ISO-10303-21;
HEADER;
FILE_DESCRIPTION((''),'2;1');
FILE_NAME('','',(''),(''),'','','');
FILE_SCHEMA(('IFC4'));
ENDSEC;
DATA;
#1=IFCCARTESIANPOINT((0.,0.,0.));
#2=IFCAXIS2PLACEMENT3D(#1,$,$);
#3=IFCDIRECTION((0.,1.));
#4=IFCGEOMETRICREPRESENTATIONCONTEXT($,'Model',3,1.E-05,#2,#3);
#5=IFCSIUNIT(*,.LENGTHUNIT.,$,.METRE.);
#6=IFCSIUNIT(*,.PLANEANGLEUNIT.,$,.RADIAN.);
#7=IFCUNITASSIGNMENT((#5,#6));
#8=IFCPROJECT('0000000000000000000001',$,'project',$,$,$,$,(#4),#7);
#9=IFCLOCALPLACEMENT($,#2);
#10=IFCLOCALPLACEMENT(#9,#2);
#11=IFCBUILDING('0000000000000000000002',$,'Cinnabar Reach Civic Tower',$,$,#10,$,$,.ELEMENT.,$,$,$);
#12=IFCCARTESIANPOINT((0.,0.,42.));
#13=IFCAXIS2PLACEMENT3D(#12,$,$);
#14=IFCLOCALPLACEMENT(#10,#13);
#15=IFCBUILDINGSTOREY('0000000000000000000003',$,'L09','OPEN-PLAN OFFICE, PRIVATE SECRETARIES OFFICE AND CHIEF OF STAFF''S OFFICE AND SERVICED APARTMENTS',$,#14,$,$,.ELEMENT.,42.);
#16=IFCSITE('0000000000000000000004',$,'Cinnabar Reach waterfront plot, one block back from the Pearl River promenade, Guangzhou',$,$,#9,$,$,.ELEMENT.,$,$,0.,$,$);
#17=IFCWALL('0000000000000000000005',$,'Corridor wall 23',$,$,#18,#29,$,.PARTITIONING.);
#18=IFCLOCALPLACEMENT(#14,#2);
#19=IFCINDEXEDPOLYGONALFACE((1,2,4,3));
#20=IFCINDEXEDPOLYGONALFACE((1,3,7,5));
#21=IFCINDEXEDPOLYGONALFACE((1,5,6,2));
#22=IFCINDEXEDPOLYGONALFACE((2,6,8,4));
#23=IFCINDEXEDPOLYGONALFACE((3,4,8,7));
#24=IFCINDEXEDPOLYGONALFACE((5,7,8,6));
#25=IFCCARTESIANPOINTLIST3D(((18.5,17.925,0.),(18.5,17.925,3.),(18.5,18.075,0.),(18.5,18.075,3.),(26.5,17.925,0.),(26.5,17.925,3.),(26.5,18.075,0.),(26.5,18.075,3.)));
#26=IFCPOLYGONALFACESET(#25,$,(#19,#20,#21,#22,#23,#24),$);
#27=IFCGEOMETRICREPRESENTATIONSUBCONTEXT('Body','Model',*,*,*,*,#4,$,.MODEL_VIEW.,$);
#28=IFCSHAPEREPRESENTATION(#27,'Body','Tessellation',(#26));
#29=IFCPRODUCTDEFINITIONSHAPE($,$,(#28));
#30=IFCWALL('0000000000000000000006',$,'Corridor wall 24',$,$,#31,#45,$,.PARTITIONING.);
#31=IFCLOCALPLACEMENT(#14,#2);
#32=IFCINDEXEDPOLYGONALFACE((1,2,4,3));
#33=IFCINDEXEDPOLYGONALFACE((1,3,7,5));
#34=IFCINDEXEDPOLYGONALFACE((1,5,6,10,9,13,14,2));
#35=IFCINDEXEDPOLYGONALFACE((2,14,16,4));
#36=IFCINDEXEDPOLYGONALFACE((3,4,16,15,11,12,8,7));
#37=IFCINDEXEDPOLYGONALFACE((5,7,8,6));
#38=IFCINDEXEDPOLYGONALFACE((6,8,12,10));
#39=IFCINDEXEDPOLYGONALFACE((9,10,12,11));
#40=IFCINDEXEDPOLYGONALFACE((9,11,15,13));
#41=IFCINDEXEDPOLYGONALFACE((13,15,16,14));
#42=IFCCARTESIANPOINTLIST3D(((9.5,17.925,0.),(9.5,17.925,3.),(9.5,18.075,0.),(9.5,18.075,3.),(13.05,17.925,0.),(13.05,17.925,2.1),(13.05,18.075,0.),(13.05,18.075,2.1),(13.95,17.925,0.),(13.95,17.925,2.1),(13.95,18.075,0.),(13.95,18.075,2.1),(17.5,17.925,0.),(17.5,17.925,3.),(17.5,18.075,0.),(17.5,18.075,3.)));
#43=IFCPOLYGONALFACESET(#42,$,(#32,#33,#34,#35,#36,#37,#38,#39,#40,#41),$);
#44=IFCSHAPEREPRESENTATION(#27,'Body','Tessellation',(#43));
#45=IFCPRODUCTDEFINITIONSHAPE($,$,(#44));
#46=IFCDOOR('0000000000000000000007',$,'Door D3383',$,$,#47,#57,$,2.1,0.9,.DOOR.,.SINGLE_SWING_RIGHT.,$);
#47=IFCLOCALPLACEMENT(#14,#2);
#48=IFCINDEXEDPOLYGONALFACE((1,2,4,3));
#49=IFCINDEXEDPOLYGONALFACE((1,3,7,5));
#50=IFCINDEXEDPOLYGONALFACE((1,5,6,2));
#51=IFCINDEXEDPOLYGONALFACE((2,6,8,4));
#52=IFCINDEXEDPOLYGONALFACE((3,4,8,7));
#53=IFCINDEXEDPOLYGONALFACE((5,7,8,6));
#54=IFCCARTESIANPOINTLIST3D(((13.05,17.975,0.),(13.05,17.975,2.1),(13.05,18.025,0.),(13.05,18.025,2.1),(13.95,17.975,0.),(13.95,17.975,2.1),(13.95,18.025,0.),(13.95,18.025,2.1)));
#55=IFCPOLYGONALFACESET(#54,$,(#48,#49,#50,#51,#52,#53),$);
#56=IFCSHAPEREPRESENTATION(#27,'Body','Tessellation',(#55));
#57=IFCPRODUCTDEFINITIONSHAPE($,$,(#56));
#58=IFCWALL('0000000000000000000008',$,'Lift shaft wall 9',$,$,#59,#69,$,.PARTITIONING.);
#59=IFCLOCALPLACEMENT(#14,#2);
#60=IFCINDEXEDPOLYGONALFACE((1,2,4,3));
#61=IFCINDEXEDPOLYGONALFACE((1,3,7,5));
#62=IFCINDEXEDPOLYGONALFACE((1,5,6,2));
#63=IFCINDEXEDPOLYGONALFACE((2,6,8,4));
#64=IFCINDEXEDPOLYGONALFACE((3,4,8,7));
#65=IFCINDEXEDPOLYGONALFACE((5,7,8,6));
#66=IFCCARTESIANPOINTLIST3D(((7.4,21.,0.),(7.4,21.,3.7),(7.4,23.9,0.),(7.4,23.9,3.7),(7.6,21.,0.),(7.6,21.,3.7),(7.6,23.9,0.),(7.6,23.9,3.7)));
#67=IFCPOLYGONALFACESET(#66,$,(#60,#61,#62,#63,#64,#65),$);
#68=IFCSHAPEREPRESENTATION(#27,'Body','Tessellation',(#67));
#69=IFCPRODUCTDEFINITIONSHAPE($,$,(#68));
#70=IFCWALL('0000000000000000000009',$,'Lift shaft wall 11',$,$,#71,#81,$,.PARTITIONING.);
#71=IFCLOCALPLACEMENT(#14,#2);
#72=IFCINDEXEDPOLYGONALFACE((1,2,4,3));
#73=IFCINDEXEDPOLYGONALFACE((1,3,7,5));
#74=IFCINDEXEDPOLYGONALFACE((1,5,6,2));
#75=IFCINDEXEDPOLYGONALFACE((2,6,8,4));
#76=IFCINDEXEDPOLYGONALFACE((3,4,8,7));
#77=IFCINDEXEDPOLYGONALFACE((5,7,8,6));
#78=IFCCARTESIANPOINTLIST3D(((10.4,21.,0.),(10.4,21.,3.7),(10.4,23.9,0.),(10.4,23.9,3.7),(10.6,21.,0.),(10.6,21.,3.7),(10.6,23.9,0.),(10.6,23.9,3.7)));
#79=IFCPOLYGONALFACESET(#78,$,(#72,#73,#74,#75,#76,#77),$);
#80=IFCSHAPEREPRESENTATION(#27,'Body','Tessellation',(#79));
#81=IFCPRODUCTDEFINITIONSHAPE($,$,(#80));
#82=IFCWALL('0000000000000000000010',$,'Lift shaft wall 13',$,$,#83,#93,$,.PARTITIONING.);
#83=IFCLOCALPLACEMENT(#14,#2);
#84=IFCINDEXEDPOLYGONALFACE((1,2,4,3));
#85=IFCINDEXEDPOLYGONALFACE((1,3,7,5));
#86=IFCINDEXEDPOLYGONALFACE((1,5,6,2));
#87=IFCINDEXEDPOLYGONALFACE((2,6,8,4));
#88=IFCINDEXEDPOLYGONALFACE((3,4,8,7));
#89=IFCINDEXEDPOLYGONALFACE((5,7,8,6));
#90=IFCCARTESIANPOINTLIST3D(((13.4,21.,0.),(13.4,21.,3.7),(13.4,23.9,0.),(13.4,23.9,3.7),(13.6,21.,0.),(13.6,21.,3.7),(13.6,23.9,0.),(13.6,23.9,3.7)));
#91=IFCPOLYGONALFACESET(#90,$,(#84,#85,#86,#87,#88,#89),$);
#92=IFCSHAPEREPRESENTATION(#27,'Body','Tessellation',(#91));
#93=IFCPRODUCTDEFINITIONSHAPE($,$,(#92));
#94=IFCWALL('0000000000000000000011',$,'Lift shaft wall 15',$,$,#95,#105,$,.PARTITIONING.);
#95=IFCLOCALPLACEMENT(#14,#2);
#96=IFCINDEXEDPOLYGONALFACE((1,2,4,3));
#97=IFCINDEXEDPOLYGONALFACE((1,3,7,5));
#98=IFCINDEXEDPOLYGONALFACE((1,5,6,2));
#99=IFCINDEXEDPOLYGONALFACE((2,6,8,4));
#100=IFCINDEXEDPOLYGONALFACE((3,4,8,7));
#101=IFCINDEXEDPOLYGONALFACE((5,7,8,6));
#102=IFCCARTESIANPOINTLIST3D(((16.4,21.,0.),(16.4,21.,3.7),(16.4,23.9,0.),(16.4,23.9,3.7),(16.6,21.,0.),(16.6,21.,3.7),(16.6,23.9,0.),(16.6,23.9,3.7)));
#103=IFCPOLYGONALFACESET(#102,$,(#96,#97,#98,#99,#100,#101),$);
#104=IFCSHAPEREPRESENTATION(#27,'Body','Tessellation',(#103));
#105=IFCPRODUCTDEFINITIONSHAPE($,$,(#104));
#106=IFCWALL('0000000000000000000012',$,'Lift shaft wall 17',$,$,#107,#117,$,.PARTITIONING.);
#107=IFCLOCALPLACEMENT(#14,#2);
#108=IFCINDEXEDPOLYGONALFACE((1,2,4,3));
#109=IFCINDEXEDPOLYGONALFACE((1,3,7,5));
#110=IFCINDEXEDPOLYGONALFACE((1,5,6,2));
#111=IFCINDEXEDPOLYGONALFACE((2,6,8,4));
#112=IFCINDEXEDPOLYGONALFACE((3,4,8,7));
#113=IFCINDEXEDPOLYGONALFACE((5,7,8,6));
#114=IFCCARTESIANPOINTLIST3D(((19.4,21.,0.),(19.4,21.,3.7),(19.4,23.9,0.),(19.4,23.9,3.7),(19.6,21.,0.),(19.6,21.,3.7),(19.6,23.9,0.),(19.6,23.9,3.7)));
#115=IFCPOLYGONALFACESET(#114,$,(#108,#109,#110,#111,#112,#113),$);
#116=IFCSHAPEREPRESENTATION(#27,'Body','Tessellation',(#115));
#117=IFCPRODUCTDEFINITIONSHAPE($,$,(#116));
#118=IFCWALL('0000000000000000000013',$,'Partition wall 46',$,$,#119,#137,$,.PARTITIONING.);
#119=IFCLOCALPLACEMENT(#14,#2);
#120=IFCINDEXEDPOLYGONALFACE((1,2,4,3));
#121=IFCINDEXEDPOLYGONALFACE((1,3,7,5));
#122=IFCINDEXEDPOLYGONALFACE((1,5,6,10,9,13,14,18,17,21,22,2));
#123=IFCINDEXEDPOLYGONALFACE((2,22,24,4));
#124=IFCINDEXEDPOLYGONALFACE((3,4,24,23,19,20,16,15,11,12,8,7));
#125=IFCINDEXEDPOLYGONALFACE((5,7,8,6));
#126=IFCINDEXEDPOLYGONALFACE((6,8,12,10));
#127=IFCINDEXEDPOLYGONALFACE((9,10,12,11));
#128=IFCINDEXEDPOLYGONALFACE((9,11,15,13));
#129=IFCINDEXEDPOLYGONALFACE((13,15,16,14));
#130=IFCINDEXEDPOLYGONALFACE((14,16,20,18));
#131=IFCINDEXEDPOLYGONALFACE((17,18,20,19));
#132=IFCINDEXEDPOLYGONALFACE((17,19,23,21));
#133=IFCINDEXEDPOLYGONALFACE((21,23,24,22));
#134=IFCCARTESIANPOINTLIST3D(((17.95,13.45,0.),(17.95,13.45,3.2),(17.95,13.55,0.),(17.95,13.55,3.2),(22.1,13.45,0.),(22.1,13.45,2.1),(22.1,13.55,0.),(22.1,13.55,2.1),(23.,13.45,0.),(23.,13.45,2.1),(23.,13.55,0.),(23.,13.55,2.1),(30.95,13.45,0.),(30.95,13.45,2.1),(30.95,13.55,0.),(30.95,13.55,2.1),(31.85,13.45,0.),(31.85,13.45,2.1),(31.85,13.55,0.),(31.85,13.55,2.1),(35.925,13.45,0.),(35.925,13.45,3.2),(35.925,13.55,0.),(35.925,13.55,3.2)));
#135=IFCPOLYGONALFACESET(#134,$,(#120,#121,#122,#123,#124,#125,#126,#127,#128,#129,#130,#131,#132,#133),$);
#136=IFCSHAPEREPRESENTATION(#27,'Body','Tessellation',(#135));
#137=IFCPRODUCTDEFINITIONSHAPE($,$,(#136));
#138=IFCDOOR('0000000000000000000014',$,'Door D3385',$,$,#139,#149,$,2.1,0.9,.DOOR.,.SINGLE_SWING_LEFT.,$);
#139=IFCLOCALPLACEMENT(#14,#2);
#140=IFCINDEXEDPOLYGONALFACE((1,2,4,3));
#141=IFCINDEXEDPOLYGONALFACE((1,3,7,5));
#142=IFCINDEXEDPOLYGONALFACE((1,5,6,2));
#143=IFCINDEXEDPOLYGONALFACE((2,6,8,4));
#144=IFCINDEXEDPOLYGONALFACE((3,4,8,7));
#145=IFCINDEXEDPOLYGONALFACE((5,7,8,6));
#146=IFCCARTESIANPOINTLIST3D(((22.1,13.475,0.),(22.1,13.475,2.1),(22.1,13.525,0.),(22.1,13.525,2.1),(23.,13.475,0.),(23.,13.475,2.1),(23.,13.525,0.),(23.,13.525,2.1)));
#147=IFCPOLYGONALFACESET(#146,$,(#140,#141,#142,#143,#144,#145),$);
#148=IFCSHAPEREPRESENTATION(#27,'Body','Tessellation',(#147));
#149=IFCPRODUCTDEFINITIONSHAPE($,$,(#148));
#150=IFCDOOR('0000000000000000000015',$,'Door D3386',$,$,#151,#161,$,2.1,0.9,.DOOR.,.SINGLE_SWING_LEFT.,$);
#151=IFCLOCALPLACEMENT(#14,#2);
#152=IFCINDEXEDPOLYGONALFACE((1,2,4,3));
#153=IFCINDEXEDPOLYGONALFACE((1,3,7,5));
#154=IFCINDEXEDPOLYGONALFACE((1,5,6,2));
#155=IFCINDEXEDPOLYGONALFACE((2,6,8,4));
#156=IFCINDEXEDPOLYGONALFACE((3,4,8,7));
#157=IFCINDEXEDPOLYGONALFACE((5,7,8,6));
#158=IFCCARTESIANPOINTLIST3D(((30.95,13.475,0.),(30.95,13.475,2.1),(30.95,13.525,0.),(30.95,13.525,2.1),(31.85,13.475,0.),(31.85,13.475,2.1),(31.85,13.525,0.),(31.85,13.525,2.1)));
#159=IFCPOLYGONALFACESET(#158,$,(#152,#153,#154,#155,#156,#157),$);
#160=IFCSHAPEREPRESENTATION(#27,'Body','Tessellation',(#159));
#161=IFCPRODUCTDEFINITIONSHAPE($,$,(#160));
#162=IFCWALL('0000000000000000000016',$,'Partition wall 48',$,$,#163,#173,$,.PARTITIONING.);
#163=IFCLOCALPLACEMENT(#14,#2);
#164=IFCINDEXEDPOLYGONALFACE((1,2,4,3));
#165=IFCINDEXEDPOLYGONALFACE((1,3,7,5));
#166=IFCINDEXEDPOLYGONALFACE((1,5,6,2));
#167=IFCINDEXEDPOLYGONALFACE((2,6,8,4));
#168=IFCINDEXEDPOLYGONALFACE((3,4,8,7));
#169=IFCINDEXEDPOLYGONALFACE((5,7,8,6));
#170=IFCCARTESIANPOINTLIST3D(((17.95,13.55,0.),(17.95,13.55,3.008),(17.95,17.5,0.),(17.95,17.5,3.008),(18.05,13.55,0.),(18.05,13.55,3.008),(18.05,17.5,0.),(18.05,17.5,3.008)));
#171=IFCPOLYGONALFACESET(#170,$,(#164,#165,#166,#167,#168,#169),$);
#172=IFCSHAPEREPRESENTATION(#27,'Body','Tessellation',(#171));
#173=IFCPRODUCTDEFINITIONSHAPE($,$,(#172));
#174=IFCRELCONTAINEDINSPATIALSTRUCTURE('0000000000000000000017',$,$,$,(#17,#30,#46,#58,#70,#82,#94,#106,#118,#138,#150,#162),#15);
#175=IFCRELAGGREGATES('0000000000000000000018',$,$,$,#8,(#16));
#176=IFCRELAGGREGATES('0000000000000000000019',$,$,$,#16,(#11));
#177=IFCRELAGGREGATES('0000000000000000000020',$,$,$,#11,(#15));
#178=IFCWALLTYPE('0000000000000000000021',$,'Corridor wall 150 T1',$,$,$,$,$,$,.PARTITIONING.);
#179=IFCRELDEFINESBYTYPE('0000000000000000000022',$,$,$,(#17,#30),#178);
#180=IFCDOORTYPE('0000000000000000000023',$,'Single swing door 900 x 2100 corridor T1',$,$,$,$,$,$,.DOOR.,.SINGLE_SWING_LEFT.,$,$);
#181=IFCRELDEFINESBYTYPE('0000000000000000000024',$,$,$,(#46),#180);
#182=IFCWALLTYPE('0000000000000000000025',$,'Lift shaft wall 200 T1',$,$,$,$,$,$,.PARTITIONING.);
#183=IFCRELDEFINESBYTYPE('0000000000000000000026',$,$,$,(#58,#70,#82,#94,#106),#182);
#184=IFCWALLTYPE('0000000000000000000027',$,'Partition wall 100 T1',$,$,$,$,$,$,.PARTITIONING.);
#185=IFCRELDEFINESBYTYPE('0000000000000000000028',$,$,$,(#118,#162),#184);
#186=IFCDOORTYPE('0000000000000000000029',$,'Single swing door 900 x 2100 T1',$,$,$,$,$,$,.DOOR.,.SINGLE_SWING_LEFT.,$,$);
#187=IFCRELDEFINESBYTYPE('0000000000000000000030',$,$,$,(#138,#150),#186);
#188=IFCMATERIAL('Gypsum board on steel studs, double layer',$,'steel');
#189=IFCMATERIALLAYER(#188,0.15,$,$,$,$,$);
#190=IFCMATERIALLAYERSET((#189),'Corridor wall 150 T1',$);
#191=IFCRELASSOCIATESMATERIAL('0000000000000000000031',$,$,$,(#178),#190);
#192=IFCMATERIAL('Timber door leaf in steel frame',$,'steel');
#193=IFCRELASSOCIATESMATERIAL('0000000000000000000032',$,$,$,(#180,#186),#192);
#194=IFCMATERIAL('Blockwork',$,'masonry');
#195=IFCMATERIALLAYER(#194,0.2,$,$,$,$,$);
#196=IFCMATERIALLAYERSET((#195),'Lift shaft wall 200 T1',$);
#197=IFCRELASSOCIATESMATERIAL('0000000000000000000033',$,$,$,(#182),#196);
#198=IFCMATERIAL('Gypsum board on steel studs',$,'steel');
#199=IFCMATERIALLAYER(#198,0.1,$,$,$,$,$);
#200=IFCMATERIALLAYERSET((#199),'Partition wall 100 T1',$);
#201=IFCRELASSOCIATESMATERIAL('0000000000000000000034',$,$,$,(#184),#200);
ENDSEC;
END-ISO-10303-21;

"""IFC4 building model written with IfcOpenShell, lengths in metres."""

from ifc_helpers import new_model, si_unit, direction, frame, frame_2d, origin, place, context, subcontext, project, spatial, rectangle, extrude, material, layer, layer_set, type_object, element, fill, save


model = new_model("IFC4")

# Units and contexts
model_context = context("Model", 3, precision=1e-05, world=origin(), true_north=direction((0.0, 1.0)))
body_context = subcontext(model_context, "Body", "Model", "MODEL_VIEW")
ifc_project = project(units=[si_unit("LENGTHUNIT", "METRE"), si_unit("PLANEANGLEUNIT", "RADIAN")], contexts=[model_context])

# Site, building, storey
site_placement = place(None, origin())
site = spatial("IfcSite", under=ifc_project, at=site_placement, Name="Cinnabar Reach waterfront plot, one block back from the Pearl River promenade, Guangzhou", CompositionType="ELEMENT", RefElevation=0.0)
building_placement = place(site_placement, origin())
building = spatial("IfcBuilding", under=site, at=building_placement, Name="Cinnabar Reach Civic Tower", CompositionType="ELEMENT")
storey_placement = place(building_placement, frame((0.0, 0.0, 42.0)))
storey = spatial("IfcBuildingStorey", under=building, at=storey_placement, Name="L09", Description="OPEN-PLAN OFFICE, PRIVATE SECRETARIES OFFICE AND CHIEF OF STAFF'S OFFICE AND SERVICED APARTMENTS", CompositionType="ELEMENT", Elevation=42.0)

# Shared definitions
ifc_material_1 = material(Name="Timber door leaf in steel frame", Category="steel")

# Wall
ifc_material_2 = material(Name="Gypsum board on steel studs, double layer", Category="steel")
ifc_layer_1 = layer(ifc_material_2, 0.15)
ifc_layer_set_1 = layer_set([ifc_layer_1], Name="Corridor wall 150 T1")
wall_type_1 = type_object("IfcWallType", Name="Corridor wall 150 T1", PredefinedType="PARTITIONING", material=ifc_layer_set_1)
wall_1_placement = place(storey_placement, frame((18.5, 18.0, 0.0), z_axis=(0.0, 0.0, 1.0), x_axis=(1.0, 0.0, 0.0)))
element("IfcWall", 1, at=wall_1_placement, inside=storey, type_object=wall_type_1, Name="Corridor wall 23", PredefinedType="PARTITIONING", context=body_context, shape_type="SweptSolid", body=[
    extrude(rectangle(XDim=8.0, YDim=0.15, at=frame_2d((4.0, 0.0))), origin(), (0.0, 0.0, 1.0), 3.0),
])

# Wall, opening, door
wall_2_placement = place(storey_placement, frame((9.5, 18.0, 0.0), z_axis=(0.0, 0.0, 1.0), x_axis=(1.0, 0.0, 0.0)))
wall_2 = element("IfcWall", 2, at=wall_2_placement, inside=storey, type_object=wall_type_1, Name="Corridor wall 24", PredefinedType="PARTITIONING", context=body_context, shape_type="SweptSolid", body=[
    extrude(rectangle(XDim=8.0, YDim=0.15, at=frame_2d((4.0, 0.0))), origin(), (0.0, 0.0, 1.0), 3.0),
])
opening_1_placement = place(wall_2_placement, frame((3.55, 0.0, 0.0)))
opening_1 = element("IfcOpeningElement", 3, at=opening_1_placement, cuts=wall_2, PredefinedType="OPENING", context=body_context, shape_type="SweptSolid", body=[
    extrude(rectangle(XDim=0.9, YDim=2.1, at=frame_2d((0.45, 1.05))), frame((0.0, 0.085, 0.0), z_axis=(0.0, -1.0, 0.0), x_axis=(1.0, 0.0, 0.0)), (0.0, 0.0, 1.0), 0.17),
])
door_type_1 = type_object("IfcDoorType", Name="Single swing door 900 x 2100 corridor T1", OperationType="SINGLE_SWING_LEFT", PredefinedType="DOOR", material=ifc_material_1)
door_1_placement = place(opening_1_placement, frame((0.9, 0.0, 0.0), z_axis=(0.0, 0.0, 1.0), x_axis=(-1.0, 0.0, 0.0)))
door_1 = element("IfcDoor", 4, at=door_1_placement, inside=storey, type_object=door_type_1, Name="Door D3383", OperationType="SINGLE_SWING_RIGHT", OverallHeight=2.1, OverallWidth=0.9, PredefinedType="DOOR", context=body_context, shape_type="SweptSolid", body=[
    extrude(rectangle(XDim=0.9, YDim=2.1, at=frame_2d((0.45, 1.05))), frame((0.0, 0.025, 0.0), z_axis=(0.0, -1.0, 0.0), x_axis=(1.0, 0.0, 0.0)), (0.0, 0.0, 1.0), 0.05),
])
fill(opening_1, door_1)

# Walls
ifc_material_3 = material(Name="Blockwork", Category="masonry")
ifc_layer_2 = layer(ifc_material_3, 0.2)
ifc_layer_set_2 = layer_set([ifc_layer_2], Name="Lift shaft wall 200 T1")
wall_type_2 = type_object("IfcWallType", Name="Lift shaft wall 200 T1", PredefinedType="PARTITIONING", material=ifc_layer_set_2)
for number, where, z_axis, x_axis, name in (
    (5, (7.5, 21.0, 0.0), (0.0, 0.0, 1.0), (0.0, 1.0, 0.0), "Lift shaft wall 9"),
    (6, (10.5, 21.0, 0.0), (0.0, 0.0, 1.0), (0.0, 1.0, 0.0), "Lift shaft wall 11"),
    (7, (13.5, 21.0, 0.0), (0.0, 0.0, 1.0), (0.0, 1.0, 0.0), "Lift shaft wall 13"),
    (8, (16.5, 21.0, 0.0), (0.0, 0.0, 1.0), (0.0, 1.0, 0.0), "Lift shaft wall 15"),
    (9, (19.5, 21.0, 0.0), (0.0, 0.0, 1.0), (0.0, 1.0, 0.0), "Lift shaft wall 17"),
):
    element("IfcWall", number, at=place(storey_placement, frame(where, z_axis=z_axis, x_axis=x_axis)), inside=storey, type_object=wall_type_2, Name=name, PredefinedType="PARTITIONING", context=body_context, shape_type="SweptSolid", body=[
        extrude(rectangle(XDim=2.9, YDim=0.2, at=frame_2d((1.45, 0.0))), origin(), (0.0, 0.0, 1.0), 3.7),
    ])

# Wall, openings, doors
ifc_material_4 = material(Name="Gypsum board on steel studs", Category="steel")
ifc_layer_3 = layer(ifc_material_4, 0.1)
ifc_layer_set_3 = layer_set([ifc_layer_3], Name="Partition wall 100 T1")
wall_type_3 = type_object("IfcWallType", Name="Partition wall 100 T1", PredefinedType="PARTITIONING", material=ifc_layer_set_3)
wall_3_placement = place(storey_placement, frame((17.95, 13.5, 0.0), z_axis=(0.0, 0.0, 1.0), x_axis=(1.0, 0.0, 0.0)))
wall_3 = element("IfcWall", 10, at=wall_3_placement, inside=storey, type_object=wall_type_3, Name="Partition wall 46", PredefinedType="PARTITIONING", context=body_context, shape_type="SweptSolid", body=[
    extrude(rectangle(XDim=17.975, YDim=0.1, at=frame_2d((8.9875, 0.0))), origin(), (0.0, 0.0, 1.0), 3.2),
])
opening_2_placement = place(wall_3_placement, frame((4.15, 0.0, 0.0)))
opening_2 = element("IfcOpeningElement", 11, at=opening_2_placement, cuts=wall_3, PredefinedType="OPENING", context=body_context, shape_type="SweptSolid", body=[
    extrude(rectangle(XDim=0.9, YDim=2.1, at=frame_2d((0.45, 1.05))), frame((0.0, 0.06, 0.0), z_axis=(0.0, -1.0, 0.0), x_axis=(1.0, 0.0, 0.0)), (0.0, 0.0, 1.0), 0.12),
])
opening_3_placement = place(wall_3_placement, frame((13.0, 0.0, 0.0)))
opening_3 = element("IfcOpeningElement", 12, at=opening_3_placement, cuts=wall_3, PredefinedType="OPENING", context=body_context, shape_type="SweptSolid", body=[
    extrude(rectangle(XDim=0.9, YDim=2.1, at=frame_2d((0.45, 1.05))), frame((0.0, 0.06, 0.0), z_axis=(0.0, -1.0, 0.0), x_axis=(1.0, 0.0, 0.0)), (0.0, 0.0, 1.0), 0.12),
])
door_type_2 = type_object("IfcDoorType", Name="Single swing door 900 x 2100 T1", OperationType="SINGLE_SWING_LEFT", PredefinedType="DOOR", material=ifc_material_1)
door_2_placement = place(opening_2_placement, origin())
door_2 = element("IfcDoor", 13, at=door_2_placement, inside=storey, type_object=door_type_2, Name="Door D3385", OperationType="SINGLE_SWING_LEFT", OverallHeight=2.1, OverallWidth=0.9, PredefinedType="DOOR", context=body_context, shape_type="SweptSolid", body=[
    extrude(rectangle(XDim=0.9, YDim=2.1, at=frame_2d((0.45, 1.05))), frame((0.0, 0.025, 0.0), z_axis=(0.0, -1.0, 0.0), x_axis=(1.0, 0.0, 0.0)), (0.0, 0.0, 1.0), 0.05),
])
fill(opening_2, door_2)
door_3_placement = place(opening_3_placement, origin())
door_3 = element("IfcDoor", 14, at=door_3_placement, inside=storey, type_object=door_type_2, Name="Door D3386", OperationType="SINGLE_SWING_LEFT", OverallHeight=2.1, OverallWidth=0.9, PredefinedType="DOOR", context=body_context, shape_type="SweptSolid", body=[
    extrude(rectangle(XDim=0.9, YDim=2.1, at=frame_2d((0.45, 1.05))), frame((0.0, 0.025, 0.0), z_axis=(0.0, -1.0, 0.0), x_axis=(1.0, 0.0, 0.0)), (0.0, 0.0, 1.0), 0.05),
])
fill(opening_3, door_3)

# Wall
wall_4_placement = place(storey_placement, frame((18.0, 13.55, 0.0), z_axis=(0.0, 0.0, 1.0), x_axis=(0.0, 1.0, 0.0)))
element("IfcWall", 15, at=wall_4_placement, inside=storey, type_object=wall_type_3, Name="Partition wall 48", PredefinedType="PARTITIONING", context=body_context, shape_type="SweptSolid", body=[
    extrude(rectangle(XDim=3.95, YDim=0.1, at=frame_2d((1.975, 0.0))), origin(), (0.0, 0.0, 1.0), 3.008),
])

save(model, "model.ifc")
